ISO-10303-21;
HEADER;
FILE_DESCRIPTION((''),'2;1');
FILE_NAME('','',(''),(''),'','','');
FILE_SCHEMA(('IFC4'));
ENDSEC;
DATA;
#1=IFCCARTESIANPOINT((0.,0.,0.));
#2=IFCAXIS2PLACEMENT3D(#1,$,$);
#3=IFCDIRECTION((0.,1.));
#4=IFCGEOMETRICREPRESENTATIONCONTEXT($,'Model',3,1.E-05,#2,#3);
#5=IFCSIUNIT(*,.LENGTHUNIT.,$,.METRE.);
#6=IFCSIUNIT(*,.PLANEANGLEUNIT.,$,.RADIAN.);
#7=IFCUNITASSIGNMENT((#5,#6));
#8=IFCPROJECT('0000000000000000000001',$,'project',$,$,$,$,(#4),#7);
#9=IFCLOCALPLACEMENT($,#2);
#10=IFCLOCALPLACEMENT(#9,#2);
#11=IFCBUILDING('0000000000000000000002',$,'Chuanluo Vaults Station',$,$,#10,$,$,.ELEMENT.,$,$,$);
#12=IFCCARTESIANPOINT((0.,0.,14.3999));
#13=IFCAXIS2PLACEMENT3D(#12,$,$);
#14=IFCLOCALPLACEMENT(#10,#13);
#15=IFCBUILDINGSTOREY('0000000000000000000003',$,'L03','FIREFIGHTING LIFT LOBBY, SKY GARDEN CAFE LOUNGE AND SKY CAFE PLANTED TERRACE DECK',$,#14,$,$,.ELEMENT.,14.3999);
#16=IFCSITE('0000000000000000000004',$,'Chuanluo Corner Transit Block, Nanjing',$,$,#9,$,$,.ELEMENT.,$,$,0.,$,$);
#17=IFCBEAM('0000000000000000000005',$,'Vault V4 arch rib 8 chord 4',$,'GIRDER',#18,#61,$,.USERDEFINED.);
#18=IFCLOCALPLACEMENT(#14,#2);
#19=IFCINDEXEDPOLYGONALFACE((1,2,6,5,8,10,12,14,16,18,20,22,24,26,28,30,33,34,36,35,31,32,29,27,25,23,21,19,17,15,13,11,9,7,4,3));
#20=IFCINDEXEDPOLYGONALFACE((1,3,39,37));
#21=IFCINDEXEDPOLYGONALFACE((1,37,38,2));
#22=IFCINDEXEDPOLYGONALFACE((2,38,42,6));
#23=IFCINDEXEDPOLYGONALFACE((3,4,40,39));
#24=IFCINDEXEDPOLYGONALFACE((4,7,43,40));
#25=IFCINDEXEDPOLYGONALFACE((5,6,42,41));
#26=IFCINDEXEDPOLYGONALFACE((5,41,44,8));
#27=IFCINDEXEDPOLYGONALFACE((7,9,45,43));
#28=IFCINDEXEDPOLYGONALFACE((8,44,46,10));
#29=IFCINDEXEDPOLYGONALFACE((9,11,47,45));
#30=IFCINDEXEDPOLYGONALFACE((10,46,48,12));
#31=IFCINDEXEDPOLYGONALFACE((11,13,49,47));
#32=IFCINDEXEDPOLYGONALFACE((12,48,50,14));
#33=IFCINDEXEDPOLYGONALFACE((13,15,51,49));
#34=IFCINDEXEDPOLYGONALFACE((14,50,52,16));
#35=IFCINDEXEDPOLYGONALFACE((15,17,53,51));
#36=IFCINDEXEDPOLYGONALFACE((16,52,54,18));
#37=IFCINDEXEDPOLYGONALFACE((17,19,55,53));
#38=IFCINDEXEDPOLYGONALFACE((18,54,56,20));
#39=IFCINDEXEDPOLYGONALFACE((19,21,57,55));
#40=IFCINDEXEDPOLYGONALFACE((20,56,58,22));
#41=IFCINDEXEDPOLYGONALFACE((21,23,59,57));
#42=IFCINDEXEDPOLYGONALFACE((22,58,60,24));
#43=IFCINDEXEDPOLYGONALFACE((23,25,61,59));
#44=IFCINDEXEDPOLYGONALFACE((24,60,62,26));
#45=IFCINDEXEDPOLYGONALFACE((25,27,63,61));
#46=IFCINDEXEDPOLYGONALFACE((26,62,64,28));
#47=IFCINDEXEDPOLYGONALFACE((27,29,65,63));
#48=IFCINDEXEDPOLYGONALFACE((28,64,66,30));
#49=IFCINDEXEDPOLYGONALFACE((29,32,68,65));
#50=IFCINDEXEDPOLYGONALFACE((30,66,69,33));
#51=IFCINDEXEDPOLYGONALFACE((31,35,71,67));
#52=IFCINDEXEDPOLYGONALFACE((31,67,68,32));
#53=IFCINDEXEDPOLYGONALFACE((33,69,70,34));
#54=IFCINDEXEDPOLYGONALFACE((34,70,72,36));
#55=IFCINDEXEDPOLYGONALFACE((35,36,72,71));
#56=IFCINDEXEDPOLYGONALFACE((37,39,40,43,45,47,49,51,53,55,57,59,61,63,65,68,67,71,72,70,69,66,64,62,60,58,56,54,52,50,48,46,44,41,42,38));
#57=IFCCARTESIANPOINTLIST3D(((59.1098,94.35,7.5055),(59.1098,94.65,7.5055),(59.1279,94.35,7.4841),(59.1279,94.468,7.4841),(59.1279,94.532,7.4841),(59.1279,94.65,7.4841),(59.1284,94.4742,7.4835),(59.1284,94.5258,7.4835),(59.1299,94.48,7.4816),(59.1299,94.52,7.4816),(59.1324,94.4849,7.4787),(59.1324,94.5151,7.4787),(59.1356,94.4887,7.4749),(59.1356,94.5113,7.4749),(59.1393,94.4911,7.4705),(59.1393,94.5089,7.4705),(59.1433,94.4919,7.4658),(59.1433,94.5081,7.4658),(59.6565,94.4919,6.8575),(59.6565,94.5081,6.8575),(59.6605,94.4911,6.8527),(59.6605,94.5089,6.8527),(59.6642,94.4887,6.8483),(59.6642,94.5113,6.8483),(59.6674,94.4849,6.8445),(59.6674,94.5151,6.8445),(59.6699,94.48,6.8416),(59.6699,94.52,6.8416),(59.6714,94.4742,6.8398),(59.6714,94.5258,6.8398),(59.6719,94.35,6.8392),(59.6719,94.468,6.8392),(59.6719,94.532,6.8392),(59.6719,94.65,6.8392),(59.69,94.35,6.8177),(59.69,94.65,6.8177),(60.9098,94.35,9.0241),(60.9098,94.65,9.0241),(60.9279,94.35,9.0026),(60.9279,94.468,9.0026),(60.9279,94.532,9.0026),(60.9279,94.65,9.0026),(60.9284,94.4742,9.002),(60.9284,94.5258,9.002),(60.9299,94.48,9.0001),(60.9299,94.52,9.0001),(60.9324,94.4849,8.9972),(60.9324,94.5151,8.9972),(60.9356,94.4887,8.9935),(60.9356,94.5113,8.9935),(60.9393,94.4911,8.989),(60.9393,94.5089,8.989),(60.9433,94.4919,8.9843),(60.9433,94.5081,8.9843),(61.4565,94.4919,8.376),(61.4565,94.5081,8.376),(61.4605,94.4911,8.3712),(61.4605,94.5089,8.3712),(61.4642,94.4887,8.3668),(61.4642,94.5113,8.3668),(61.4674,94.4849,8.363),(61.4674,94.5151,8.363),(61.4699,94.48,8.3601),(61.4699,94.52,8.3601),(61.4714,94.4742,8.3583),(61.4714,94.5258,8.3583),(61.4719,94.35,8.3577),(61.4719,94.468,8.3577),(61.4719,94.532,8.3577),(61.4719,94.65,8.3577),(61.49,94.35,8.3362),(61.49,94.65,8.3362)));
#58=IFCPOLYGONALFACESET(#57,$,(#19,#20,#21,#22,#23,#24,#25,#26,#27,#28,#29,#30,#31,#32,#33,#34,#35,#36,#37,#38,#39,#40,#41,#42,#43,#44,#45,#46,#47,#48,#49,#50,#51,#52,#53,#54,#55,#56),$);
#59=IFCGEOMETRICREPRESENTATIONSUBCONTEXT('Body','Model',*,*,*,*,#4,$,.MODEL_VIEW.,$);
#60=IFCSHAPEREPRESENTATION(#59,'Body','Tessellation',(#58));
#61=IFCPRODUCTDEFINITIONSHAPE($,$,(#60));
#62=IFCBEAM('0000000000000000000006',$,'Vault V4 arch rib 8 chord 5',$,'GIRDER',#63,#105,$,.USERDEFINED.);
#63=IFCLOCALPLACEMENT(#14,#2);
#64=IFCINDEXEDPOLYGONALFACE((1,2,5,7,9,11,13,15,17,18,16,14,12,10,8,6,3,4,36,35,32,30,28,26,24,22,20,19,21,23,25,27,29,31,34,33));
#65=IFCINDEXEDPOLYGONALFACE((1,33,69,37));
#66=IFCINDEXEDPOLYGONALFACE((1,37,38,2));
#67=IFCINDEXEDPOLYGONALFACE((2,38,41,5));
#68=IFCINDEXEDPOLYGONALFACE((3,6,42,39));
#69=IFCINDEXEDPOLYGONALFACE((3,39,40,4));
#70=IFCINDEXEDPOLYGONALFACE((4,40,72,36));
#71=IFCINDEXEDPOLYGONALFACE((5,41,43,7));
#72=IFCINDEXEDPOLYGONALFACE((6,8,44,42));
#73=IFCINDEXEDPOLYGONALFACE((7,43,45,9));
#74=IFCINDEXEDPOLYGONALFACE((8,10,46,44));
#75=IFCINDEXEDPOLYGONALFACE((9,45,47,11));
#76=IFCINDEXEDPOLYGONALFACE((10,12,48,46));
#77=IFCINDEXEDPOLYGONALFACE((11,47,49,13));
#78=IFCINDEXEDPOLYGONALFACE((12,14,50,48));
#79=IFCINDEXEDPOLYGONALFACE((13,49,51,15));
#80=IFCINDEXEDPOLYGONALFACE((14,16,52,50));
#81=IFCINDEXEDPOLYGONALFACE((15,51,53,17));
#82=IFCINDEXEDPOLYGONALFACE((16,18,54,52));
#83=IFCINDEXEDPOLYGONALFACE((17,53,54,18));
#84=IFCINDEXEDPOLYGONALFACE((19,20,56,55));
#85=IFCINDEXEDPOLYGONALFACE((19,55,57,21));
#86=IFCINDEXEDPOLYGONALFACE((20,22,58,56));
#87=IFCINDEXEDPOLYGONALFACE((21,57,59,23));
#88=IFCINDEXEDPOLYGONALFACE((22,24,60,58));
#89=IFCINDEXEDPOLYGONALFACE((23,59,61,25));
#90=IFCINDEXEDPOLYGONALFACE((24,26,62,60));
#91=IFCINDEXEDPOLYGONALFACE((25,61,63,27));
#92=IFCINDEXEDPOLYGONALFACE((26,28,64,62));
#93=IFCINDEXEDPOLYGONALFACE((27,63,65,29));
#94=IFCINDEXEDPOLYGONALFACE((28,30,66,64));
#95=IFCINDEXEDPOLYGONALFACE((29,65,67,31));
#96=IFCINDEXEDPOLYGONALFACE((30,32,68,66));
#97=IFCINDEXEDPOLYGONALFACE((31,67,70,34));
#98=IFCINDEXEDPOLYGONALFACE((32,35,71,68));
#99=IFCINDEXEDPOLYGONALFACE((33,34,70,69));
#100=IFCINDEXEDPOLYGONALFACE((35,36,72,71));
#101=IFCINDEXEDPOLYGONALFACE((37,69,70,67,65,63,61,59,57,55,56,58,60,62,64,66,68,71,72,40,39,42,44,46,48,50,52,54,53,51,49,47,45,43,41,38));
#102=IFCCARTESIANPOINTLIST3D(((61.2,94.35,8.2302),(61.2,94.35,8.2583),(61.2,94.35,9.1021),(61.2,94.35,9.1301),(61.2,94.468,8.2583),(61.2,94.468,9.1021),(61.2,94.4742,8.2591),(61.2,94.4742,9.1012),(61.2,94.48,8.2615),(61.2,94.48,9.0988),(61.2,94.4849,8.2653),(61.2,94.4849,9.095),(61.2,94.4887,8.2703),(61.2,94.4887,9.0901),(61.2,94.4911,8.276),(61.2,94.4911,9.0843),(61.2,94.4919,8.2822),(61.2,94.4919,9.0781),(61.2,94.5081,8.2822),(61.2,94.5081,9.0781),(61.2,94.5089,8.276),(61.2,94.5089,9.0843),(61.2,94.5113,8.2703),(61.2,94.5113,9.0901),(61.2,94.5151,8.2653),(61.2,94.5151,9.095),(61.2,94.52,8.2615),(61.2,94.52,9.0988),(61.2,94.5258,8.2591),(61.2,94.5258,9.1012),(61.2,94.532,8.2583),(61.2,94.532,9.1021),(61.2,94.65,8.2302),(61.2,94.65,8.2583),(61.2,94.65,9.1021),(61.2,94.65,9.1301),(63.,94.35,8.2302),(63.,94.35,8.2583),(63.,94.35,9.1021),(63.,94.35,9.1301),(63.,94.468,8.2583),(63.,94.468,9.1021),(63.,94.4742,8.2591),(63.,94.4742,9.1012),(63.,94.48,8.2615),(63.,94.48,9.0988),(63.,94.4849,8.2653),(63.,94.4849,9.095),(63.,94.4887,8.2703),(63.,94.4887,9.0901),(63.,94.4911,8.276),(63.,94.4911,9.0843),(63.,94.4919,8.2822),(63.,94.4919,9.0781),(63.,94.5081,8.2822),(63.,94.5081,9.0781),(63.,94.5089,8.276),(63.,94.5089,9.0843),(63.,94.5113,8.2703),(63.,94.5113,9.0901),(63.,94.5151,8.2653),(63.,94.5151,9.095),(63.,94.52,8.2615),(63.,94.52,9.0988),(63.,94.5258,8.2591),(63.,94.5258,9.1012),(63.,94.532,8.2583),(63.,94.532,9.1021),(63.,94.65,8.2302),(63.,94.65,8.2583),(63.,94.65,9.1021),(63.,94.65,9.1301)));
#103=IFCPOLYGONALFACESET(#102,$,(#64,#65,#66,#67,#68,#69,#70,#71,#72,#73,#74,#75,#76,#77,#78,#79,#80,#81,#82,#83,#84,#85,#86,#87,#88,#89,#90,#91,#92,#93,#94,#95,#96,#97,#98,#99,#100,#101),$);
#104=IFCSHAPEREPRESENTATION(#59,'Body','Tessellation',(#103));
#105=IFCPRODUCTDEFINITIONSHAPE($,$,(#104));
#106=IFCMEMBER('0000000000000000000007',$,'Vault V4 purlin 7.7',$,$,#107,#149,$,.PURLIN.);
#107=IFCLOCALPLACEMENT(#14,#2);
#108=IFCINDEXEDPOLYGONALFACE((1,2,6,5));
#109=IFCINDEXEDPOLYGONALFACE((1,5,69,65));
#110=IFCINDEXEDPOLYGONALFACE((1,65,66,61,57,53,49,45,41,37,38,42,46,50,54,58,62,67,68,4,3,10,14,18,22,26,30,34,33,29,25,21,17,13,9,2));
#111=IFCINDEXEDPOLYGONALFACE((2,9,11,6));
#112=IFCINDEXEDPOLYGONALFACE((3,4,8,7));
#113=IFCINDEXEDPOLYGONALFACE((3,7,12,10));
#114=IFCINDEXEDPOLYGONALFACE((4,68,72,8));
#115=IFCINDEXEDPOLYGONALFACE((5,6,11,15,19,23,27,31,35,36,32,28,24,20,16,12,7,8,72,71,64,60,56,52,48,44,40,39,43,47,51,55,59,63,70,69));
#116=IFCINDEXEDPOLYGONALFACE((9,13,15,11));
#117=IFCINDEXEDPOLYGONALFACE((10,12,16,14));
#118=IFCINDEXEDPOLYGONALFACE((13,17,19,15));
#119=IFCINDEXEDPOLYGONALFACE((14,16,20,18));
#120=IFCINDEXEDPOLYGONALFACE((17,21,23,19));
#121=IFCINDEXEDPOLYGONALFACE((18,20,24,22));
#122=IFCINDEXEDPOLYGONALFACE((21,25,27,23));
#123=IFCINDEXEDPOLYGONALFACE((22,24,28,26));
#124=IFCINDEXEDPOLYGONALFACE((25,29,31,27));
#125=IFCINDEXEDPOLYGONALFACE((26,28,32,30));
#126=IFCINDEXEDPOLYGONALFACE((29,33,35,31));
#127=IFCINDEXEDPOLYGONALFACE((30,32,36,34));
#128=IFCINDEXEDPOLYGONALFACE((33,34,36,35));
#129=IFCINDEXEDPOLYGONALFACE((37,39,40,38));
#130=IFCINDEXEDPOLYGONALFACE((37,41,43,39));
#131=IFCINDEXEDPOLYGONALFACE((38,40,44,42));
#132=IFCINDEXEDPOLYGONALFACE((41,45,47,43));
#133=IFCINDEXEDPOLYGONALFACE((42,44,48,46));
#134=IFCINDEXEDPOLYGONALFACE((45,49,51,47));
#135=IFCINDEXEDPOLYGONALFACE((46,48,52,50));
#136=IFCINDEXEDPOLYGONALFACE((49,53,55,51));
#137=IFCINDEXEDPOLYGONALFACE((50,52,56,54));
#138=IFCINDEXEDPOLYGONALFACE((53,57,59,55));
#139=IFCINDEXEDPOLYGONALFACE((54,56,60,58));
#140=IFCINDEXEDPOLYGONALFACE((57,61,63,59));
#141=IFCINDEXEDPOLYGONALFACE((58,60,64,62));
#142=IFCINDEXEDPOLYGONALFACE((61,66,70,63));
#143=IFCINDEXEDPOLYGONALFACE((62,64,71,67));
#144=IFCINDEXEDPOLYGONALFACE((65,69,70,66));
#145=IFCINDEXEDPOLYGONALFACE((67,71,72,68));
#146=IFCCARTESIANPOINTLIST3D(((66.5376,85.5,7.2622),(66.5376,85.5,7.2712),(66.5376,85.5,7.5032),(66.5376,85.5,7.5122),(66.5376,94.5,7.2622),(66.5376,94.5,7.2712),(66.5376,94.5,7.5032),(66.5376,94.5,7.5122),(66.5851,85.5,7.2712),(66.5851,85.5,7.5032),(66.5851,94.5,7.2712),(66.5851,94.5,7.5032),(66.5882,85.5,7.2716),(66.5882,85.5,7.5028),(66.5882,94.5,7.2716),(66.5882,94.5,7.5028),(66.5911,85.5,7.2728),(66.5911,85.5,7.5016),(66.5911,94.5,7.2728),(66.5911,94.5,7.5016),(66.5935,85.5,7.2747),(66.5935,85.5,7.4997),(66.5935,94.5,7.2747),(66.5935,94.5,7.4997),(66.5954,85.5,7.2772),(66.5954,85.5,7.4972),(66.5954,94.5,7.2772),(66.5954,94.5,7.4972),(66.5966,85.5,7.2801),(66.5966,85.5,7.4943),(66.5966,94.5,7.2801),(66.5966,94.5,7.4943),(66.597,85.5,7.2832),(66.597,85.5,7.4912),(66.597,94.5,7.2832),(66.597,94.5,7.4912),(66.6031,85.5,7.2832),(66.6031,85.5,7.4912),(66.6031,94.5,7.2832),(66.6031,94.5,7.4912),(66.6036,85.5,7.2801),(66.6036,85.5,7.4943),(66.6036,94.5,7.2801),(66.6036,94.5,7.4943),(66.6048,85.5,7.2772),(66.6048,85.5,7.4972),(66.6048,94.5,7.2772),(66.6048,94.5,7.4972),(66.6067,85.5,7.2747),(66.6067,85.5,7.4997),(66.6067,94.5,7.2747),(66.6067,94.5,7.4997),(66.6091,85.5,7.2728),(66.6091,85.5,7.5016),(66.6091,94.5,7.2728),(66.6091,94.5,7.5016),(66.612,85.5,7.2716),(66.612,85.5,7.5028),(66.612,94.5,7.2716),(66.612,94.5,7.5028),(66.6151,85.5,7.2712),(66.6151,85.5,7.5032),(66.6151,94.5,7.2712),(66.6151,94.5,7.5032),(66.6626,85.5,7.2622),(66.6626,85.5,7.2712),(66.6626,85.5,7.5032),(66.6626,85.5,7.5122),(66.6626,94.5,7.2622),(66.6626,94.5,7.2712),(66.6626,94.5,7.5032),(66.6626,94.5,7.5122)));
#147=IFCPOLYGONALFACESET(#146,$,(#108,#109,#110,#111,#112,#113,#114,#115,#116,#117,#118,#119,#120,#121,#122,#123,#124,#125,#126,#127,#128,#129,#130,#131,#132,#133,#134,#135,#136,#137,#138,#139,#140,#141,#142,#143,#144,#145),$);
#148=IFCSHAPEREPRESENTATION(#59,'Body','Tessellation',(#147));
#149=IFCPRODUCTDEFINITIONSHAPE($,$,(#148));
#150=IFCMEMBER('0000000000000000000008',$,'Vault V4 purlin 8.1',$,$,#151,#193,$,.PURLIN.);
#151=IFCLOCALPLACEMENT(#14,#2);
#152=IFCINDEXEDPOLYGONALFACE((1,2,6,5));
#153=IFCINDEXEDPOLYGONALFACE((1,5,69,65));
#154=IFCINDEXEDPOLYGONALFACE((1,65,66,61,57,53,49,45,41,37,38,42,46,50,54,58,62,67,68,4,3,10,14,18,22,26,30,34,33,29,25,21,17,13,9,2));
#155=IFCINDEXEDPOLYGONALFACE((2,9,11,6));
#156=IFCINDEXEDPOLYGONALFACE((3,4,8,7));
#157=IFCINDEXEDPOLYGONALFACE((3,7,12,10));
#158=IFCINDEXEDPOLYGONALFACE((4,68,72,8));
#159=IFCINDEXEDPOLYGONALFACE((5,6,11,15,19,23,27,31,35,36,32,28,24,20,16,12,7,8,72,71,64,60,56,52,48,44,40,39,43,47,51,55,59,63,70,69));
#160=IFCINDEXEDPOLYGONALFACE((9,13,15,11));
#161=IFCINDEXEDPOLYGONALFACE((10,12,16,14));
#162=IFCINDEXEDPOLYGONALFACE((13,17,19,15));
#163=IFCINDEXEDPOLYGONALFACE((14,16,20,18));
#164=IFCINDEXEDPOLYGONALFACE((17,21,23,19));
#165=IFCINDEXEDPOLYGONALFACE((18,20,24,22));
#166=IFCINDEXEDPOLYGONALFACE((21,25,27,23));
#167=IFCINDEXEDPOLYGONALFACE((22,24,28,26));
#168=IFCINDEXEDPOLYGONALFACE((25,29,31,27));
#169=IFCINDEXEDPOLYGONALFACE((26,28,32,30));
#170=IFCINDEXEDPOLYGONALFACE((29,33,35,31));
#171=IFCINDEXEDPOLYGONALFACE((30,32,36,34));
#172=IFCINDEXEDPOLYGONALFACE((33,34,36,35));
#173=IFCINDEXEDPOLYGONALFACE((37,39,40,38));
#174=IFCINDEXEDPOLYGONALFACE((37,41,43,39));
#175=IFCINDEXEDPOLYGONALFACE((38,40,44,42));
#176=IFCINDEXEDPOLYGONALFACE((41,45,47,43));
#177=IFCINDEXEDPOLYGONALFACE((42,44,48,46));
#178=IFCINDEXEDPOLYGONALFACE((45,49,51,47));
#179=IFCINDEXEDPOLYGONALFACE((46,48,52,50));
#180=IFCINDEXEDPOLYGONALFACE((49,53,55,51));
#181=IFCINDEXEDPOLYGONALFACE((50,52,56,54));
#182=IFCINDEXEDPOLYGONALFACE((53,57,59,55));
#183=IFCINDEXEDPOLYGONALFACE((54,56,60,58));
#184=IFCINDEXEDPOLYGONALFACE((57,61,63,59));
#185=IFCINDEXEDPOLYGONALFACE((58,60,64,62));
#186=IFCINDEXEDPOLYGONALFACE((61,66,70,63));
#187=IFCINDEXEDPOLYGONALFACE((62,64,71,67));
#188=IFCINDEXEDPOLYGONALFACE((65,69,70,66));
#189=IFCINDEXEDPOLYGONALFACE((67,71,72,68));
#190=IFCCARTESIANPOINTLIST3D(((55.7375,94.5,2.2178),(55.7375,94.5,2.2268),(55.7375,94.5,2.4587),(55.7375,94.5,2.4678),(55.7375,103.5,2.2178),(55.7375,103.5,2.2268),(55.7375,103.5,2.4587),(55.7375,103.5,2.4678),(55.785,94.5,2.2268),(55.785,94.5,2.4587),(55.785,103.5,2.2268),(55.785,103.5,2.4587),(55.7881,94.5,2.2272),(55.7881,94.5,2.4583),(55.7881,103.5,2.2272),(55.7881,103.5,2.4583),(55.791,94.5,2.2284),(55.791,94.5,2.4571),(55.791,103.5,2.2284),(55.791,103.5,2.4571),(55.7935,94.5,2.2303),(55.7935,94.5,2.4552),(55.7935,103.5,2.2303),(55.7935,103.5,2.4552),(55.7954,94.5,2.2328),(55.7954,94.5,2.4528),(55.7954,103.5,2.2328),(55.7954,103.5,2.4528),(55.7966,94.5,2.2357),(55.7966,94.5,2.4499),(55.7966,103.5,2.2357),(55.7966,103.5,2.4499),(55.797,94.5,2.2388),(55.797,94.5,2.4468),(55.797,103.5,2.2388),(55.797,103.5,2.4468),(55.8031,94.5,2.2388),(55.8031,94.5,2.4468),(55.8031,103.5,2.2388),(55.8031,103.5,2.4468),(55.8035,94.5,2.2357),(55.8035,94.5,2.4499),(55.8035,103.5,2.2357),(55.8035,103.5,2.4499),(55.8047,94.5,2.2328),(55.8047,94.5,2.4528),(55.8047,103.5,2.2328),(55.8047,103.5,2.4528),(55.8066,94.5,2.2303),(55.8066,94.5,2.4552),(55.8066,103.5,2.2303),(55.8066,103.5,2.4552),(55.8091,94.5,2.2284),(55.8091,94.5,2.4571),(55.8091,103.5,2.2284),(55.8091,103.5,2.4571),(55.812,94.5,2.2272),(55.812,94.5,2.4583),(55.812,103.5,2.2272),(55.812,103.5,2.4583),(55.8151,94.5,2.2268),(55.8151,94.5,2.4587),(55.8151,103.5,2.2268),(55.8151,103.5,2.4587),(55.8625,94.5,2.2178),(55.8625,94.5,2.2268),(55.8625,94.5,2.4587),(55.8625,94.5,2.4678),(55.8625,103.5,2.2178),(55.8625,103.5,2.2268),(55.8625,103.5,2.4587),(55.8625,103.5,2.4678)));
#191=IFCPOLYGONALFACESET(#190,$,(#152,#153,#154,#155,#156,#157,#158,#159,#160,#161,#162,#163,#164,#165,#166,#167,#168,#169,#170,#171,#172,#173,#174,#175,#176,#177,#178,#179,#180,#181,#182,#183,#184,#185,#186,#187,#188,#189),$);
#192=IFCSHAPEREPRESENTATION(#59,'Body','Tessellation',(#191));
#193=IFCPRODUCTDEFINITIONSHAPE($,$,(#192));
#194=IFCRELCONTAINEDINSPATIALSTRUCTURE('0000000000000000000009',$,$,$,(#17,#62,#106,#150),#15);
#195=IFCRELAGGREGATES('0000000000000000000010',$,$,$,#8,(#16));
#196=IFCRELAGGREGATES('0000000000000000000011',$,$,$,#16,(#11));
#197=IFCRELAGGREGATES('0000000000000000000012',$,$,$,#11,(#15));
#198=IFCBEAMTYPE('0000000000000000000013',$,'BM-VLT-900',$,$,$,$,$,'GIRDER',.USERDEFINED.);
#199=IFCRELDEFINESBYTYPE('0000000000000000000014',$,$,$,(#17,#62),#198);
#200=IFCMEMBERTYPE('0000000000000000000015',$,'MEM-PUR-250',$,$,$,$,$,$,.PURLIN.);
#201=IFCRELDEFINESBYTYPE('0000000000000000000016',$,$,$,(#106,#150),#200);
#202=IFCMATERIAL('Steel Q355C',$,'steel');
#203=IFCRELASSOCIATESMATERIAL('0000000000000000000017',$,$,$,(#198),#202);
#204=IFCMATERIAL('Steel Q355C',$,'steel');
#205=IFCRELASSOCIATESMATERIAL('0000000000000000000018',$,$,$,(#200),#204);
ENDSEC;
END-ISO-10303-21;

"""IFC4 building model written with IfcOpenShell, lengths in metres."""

from ifc_helpers import new_model, si_unit, direction, frame, origin, origin_2d, place, context, subcontext, project, spatial, i_section, extrude, material, material_profile, profile_set, type_object, element, save


model = new_model("IFC4")

# Units and contexts
model_context = context("Model", 3, precision=1e-05, world=origin(), true_north=direction((0.0, 1.0)))
body_context = subcontext(model_context, "Body", "Model", "MODEL_VIEW")
ifc_project = project(units=[si_unit("LENGTHUNIT", "METRE"), si_unit("PLANEANGLEUNIT", "RADIAN")], contexts=[model_context])

# Site, building, storey
site_placement = place(None, origin())
site = spatial("IfcSite", under=ifc_project, at=site_placement, Name="Chuanluo Corner Transit Block, Nanjing", CompositionType="ELEMENT", RefElevation=0.0)
building_placement = place(site_placement, origin())
building = spatial("IfcBuilding", under=site, at=building_placement, Name="Chuanluo Vaults Station", CompositionType="ELEMENT")
storey_placement = place(building_placement, frame((0.0, 0.0, 14.3999)))
storey = spatial("IfcBuildingStorey", under=building, at=storey_placement, Name="L03", Description="FIREFIGHTING LIFT LOBBY, SKY GARDEN CAFE LOUNGE AND SKY CAFE PLANTED TERRACE DECK", CompositionType="ELEMENT", Elevation=14.3999)

# Beams
ifc_material_1 = material(Name="Steel Q355C", Category="steel")
ifc_material_profile_1 = material_profile(ifc_material_1, i_section(OverallWidth=0.3, OverallDepth=0.8999, WebThickness=0.0161, FlangeThickness=0.0281, FilletRadius=0.0239, at=origin_2d()))
ifc_profile_set_1 = profile_set([ifc_material_profile_1], Name="Steel Q355C")
beam_type_1 = type_object("IfcBeamType", Name="BM-VLT-900", ElementType="GIRDER", PredefinedType="USERDEFINED", material=ifc_profile_set_1)
beam_1_placement = place(storey_placement, frame((59.3999, 94.5, 7.1616), z_axis=(0.764341, 0.0, 0.644812), x_axis=(0.0, 1.0, 0.0)))
element("IfcBeam", 1, at=beam_1_placement, inside=storey, type_object=beam_type_1, Name="Vault V4 arch rib 8 chord 4", ObjectType="GIRDER", PredefinedType="USERDEFINED", context=body_context, shape_type="SweptSolid", body=[
    extrude(i_section(OverallWidth=0.3, OverallDepth=0.8999, WebThickness=0.0161, FlangeThickness=0.0281, FilletRadius=0.0239, at=origin_2d()), origin(), (0.0, 0.0, 1.0), 2.355),
])
beam_2_placement = place(storey_placement, frame((61.2, 94.5, 8.6802), z_axis=(1.0, 0.0, 0.0), x_axis=(0.0, 1.0, 0.0)))
element("IfcBeam", 2, at=beam_2_placement, inside=storey, type_object=beam_type_1, Name="Vault V4 arch rib 8 chord 5", ObjectType="GIRDER", PredefinedType="USERDEFINED", context=body_context, shape_type="SweptSolid", body=[
    extrude(i_section(OverallWidth=0.3, OverallDepth=0.8999, WebThickness=0.0161, FlangeThickness=0.0281, FilletRadius=0.0239, at=origin_2d()), origin(), (0.0, 0.0, 1.0), 1.8),
])

# Members
ifc_material_2 = material(Name="Steel Q355C", Category="steel")
ifc_material_profile_2 = material_profile(ifc_material_2, i_section(OverallWidth=0.125, OverallDepth=0.25, WebThickness=0.0061, FlangeThickness=0.009, FilletRadius=0.012, at=origin_2d()))
ifc_profile_set_2 = profile_set([ifc_material_profile_2], Name="Steel Q355C")
member_type_1 = type_object("IfcMemberType", Name="MEM-PUR-250", PredefinedType="PURLIN", material=ifc_profile_set_2)
for number, where, z_axis, x_axis, name in (
    (3, (66.6001, 85.5, 7.3872), (0.0, 1.0, 0.0), (-1.0, 0.0, 0.0), "Vault V4 purlin 7.7"),
    (4, (55.8, 94.5, 2.3428), (0.0, 1.0, 0.0), (-1.0, 0.0, 0.0), "Vault V4 purlin 8.1"),
):
    element("IfcMember", number, at=place(storey_placement, frame(where, z_axis=z_axis, x_axis=x_axis)), inside=storey, type_object=member_type_1, Name=name, PredefinedType="PURLIN", context=body_context, shape_type="SweptSolid", body=[
        extrude(i_section(OverallWidth=0.125, OverallDepth=0.25, WebThickness=0.0061, FlangeThickness=0.009, FilletRadius=0.012, at=origin_2d()), origin(), (0.0, 0.0, 1.0), 9.0),
    ])

save(model, "model.ifc")
